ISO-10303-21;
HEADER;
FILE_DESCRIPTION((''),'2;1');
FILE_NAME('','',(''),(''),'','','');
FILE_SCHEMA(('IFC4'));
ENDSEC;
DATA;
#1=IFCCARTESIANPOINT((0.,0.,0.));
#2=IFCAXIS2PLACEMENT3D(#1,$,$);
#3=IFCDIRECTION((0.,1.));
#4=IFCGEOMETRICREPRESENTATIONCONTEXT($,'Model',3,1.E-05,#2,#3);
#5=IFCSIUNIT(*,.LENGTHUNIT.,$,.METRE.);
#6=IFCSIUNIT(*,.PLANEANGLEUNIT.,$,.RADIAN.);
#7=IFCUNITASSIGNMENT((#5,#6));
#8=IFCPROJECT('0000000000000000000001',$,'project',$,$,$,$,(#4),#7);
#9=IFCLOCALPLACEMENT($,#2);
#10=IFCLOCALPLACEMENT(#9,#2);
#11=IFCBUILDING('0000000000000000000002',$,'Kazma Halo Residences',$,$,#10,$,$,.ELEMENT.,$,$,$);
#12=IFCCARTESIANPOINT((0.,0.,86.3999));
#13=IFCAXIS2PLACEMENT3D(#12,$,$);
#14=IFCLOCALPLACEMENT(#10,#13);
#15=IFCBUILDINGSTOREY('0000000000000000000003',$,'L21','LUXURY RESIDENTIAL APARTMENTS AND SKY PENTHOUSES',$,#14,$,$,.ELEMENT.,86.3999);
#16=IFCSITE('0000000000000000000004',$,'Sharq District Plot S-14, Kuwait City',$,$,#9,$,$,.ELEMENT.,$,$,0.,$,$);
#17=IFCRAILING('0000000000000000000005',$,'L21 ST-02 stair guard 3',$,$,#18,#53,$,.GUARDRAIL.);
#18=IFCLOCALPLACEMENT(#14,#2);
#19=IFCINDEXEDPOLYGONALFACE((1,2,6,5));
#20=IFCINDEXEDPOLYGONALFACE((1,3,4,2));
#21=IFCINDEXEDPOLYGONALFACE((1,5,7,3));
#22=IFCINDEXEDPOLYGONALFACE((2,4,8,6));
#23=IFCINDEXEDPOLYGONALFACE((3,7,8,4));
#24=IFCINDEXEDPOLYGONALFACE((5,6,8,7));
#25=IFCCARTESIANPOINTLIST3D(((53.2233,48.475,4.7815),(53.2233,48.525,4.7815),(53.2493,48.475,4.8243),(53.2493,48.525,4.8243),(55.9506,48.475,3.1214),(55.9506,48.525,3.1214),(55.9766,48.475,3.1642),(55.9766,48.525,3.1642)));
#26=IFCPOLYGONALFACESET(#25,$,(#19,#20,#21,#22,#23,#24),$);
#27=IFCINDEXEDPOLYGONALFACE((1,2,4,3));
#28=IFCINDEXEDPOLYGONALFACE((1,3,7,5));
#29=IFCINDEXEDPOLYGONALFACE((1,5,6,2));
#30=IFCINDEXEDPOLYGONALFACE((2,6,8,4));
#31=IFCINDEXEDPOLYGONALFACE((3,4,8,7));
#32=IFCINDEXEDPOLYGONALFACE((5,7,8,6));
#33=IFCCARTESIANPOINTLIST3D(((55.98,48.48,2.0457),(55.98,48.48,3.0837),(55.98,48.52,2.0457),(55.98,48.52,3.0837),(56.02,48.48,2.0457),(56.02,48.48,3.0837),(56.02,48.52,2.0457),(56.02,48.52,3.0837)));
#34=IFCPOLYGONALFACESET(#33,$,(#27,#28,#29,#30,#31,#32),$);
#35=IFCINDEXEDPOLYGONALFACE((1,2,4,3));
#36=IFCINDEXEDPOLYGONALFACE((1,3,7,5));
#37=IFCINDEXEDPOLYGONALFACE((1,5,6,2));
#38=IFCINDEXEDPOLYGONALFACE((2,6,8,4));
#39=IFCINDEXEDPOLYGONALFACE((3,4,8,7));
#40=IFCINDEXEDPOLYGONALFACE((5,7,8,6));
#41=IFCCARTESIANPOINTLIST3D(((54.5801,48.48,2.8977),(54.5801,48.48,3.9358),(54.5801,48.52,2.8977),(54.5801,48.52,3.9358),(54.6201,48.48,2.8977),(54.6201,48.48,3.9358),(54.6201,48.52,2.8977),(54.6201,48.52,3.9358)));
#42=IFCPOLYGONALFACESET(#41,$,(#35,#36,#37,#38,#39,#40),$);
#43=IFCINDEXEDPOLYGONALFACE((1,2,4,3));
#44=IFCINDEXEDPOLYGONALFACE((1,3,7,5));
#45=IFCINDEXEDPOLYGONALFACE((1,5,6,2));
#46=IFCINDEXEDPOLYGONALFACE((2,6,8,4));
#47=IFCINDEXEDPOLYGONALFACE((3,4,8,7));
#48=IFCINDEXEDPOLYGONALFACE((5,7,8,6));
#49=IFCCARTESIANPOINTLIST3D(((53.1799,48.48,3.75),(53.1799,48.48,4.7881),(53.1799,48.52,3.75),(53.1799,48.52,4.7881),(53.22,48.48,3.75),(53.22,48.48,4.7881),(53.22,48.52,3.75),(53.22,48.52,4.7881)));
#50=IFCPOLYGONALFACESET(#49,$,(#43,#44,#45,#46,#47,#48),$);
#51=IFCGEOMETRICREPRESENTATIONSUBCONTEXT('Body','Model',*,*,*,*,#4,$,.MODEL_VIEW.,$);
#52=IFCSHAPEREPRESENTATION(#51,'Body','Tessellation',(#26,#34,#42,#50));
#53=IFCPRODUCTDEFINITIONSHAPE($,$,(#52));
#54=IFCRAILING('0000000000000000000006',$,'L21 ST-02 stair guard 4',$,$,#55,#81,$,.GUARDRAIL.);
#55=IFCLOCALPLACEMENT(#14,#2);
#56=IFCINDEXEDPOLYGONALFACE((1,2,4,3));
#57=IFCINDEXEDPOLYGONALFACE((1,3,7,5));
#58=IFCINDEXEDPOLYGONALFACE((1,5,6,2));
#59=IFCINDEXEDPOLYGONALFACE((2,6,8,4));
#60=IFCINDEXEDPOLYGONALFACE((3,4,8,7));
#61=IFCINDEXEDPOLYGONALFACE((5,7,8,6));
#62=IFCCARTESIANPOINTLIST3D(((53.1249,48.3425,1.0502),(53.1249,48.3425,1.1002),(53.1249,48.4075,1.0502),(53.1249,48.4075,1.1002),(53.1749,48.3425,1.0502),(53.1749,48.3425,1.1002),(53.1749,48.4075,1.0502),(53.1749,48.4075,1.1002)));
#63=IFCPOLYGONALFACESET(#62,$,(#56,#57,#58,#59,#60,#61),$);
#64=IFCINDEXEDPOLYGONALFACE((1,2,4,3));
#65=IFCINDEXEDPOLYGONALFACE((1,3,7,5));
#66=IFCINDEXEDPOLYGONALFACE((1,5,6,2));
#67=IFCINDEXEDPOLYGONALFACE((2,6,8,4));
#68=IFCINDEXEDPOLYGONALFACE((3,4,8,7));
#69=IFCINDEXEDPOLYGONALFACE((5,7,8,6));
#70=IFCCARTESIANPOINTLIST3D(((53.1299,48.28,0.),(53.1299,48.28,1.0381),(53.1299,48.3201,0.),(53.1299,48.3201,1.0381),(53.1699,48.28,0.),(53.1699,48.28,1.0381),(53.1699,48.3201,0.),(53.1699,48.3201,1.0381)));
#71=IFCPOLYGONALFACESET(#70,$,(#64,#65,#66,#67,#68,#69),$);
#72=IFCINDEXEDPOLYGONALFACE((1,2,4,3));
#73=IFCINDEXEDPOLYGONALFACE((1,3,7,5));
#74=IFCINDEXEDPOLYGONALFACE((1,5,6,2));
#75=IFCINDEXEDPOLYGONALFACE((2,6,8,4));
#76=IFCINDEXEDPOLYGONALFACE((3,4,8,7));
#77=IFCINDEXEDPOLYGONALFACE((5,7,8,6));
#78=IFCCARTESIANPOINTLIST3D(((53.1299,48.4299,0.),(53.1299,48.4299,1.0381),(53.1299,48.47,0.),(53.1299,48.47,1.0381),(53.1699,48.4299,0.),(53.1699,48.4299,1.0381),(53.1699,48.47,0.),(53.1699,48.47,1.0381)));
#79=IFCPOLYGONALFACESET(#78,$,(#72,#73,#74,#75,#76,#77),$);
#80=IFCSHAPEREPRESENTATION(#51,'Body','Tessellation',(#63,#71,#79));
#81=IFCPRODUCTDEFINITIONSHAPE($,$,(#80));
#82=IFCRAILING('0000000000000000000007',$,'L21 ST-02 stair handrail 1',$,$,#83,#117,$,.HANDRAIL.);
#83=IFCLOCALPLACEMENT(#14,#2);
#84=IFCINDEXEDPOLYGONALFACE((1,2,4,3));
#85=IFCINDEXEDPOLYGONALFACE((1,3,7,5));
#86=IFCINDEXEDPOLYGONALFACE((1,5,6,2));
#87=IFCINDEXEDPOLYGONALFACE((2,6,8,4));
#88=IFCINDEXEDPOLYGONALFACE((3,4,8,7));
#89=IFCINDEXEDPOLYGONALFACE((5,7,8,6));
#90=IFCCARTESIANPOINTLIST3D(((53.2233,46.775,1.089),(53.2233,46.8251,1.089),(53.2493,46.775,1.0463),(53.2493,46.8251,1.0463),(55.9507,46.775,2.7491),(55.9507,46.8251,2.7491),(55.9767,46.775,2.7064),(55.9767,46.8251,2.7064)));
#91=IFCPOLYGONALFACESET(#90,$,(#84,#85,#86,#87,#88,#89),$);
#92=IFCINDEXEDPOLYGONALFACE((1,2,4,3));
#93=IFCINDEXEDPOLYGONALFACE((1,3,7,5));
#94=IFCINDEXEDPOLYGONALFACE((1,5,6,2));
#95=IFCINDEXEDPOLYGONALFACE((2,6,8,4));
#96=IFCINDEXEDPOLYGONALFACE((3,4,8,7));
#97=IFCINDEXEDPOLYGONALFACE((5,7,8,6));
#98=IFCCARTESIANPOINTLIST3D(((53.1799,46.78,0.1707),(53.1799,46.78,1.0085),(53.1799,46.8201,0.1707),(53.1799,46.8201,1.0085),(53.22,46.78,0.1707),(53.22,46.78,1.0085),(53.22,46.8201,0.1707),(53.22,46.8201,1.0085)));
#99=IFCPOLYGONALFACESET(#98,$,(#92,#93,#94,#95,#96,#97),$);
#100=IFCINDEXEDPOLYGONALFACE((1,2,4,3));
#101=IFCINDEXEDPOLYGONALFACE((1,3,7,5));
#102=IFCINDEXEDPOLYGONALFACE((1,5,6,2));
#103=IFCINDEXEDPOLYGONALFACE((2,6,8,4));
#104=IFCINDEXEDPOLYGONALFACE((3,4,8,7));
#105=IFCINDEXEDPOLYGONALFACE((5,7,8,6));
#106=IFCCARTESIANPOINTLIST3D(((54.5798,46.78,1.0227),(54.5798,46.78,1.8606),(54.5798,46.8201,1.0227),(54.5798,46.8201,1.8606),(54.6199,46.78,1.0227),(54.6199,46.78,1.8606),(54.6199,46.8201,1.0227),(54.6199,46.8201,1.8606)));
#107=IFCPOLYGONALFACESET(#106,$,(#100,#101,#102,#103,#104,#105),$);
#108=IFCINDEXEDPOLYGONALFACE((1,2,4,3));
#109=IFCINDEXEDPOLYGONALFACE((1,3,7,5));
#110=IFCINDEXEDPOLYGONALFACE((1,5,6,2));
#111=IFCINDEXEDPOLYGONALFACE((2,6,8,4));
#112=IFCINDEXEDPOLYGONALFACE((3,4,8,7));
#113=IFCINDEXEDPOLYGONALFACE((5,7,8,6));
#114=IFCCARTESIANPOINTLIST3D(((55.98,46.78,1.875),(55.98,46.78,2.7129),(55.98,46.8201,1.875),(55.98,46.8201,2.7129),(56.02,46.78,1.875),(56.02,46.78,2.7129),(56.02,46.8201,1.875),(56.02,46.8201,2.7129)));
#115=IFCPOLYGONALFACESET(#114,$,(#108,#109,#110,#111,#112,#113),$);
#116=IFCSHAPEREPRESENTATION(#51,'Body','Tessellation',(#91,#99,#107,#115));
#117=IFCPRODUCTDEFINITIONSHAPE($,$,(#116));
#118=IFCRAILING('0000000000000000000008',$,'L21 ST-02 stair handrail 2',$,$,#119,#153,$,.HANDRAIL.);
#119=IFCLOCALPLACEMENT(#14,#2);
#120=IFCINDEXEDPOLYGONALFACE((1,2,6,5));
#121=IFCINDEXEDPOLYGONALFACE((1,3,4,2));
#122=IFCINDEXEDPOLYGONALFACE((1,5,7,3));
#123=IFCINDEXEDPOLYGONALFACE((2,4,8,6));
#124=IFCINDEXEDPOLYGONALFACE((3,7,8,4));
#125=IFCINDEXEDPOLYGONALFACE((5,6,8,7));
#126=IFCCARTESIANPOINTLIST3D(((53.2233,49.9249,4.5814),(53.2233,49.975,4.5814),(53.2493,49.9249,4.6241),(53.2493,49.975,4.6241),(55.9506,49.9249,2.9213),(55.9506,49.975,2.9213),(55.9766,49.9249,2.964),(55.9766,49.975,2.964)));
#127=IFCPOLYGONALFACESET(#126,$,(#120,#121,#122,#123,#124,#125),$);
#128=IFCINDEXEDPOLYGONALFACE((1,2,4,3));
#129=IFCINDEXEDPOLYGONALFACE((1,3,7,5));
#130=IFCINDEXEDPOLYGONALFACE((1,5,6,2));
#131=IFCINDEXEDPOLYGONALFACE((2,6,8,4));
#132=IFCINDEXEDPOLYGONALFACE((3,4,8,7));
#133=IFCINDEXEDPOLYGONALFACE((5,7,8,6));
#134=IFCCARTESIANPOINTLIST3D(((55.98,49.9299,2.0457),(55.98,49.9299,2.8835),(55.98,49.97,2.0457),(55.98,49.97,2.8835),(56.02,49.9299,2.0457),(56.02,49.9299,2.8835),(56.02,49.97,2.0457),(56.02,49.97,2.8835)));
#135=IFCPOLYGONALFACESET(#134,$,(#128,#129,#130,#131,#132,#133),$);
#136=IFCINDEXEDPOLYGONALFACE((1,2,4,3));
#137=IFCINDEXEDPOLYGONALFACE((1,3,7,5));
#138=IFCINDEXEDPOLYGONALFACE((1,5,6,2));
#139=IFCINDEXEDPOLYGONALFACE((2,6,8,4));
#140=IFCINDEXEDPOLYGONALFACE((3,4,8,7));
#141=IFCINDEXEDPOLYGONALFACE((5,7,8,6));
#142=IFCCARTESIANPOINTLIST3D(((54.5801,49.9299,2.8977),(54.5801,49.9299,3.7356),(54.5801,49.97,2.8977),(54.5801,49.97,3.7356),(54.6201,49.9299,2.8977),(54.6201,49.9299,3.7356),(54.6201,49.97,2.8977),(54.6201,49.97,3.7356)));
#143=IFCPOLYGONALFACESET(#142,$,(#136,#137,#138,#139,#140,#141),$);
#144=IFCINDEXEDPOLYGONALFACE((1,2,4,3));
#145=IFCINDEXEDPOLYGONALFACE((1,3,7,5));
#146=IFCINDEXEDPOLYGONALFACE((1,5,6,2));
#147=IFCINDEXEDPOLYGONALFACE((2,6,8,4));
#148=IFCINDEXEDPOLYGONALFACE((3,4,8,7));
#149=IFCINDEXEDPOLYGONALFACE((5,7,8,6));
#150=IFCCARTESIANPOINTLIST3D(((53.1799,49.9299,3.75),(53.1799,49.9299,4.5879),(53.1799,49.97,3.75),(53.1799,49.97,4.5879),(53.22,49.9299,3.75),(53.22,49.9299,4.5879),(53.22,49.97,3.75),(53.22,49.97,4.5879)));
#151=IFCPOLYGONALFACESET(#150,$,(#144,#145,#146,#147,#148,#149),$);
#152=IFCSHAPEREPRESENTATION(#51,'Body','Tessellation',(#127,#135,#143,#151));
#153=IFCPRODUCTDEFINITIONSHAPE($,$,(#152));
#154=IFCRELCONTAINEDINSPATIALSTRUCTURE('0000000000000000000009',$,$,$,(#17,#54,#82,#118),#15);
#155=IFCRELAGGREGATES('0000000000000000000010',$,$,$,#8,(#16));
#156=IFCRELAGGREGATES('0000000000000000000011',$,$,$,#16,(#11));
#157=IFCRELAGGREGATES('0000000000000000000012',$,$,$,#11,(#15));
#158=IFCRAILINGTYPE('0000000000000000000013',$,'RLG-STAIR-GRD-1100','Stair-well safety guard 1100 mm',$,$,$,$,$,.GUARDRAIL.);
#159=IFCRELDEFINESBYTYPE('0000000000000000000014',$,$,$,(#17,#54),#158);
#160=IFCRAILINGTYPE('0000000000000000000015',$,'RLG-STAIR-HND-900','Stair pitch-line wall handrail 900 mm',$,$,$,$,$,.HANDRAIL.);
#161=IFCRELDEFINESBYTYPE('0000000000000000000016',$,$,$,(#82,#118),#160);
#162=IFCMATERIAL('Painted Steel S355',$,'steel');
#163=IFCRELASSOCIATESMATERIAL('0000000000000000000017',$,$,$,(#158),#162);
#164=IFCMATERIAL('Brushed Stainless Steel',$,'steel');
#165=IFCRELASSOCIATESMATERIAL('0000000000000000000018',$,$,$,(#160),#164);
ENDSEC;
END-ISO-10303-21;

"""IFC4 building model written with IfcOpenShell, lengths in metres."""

from ifc_helpers import new_model, si_unit, direction, frame, origin, origin_2d, place, context, subcontext, project, spatial, rectangle, extrude, material, type_object, element, save


model = new_model("IFC4")

# Units and contexts
model_context = context("Model", 3, precision=1e-05, world=origin(), true_north=direction((0.0, 1.0)))
body_context = subcontext(model_context, "Body", "Model", "MODEL_VIEW")
ifc_project = project(units=[si_unit("LENGTHUNIT", "METRE"), si_unit("PLANEANGLEUNIT", "RADIAN")], contexts=[model_context])

# Site, building, storey
site_placement = place(None, origin())
site = spatial("IfcSite", under=ifc_project, at=site_placement, Name="Sharq District Plot S-14, Kuwait City", CompositionType="ELEMENT", RefElevation=0.0)
building_placement = place(site_placement, origin())
building = spatial("IfcBuilding", under=site, at=building_placement, Name="Kazma Halo Residences", CompositionType="ELEMENT")
storey_placement = place(building_placement, frame((0.0, 0.0, 86.3999)))
storey = spatial("IfcBuildingStorey", under=building, at=storey_placement, Name="L21", Description="LUXURY RESIDENTIAL APARTMENTS AND SKY PENTHOUSES", CompositionType="ELEMENT", Elevation=86.3999)

# Railings
ifc_material_1 = material(Name="Painted Steel S355", Category="steel")
railing_type_1 = type_object("IfcRailingType", Name="RLG-STAIR-GRD-1100", Description="Stair-well safety guard 1100 mm", PredefinedType="GUARDRAIL", material=ifc_material_1)
railing_1_placement = place(storey_placement, frame((56.0, 48.5, 2.0457)))
element("IfcRailing", 1, at=railing_1_placement, inside=storey, type_object=railing_type_1, Name="L21 ST-02 stair guard 3", PredefinedType="GUARDRAIL", context=body_context, shape_type="SweptSolid", body=[
    extrude(rectangle(XDim=0.05, YDim=0.05, at=origin_2d()), frame((-0.0364, 0.0, 1.0972), z_axis=(-0.854203, 0.0, 0.51994), x_axis=(0.0, -1.0, 0.0)), (0.0, 0.0, 1.0), 3.1929),
    extrude(rectangle(XDim=0.04, YDim=0.04, at=origin_2d()), origin(), (0.0, 0.0, 1.0), 1.0381),
    extrude(rectangle(XDim=0.04, YDim=0.04, at=origin_2d()), frame((-1.3999, 0.0, 0.8521)), (0.0, 0.0, 1.0), 1.0381),
    extrude(rectangle(XDim=0.04, YDim=0.04, at=origin_2d()), frame((-2.8, 0.0, 1.7043)), (0.0, 0.0, 1.0), 1.0381),
])
railing_2_placement = place(storey_placement, frame((53.1499, 48.3, 0.0)))
element("IfcRailing", 2, at=railing_2_placement, inside=storey, type_object=railing_type_1, Name="L21 ST-02 stair guard 4", PredefinedType="GUARDRAIL", context=body_context, shape_type="SweptSolid", body=[
    extrude(rectangle(XDim=0.05, YDim=0.05, at=origin_2d()), frame((0.0, 0.0425, 1.0752), z_axis=(0.0, 1.0, 0.0), x_axis=(-1.0, 0.0, 0.0)), (0.0, 0.0, 1.0), 0.0649),
    extrude(rectangle(XDim=0.04, YDim=0.04, at=origin_2d()), origin(), (0.0, 0.0, 1.0), 1.0381),
    extrude(rectangle(XDim=0.04, YDim=0.04, at=origin_2d()), frame((0.0, 0.1499, 0.0)), (0.0, 0.0, 1.0), 1.0381),
])
ifc_material_2 = material(Name="Brushed Stainless Steel", Category="steel")
railing_type_2 = type_object("IfcRailingType", Name="RLG-STAIR-HND-900", Description="Stair pitch-line wall handrail 900 mm", PredefinedType="HANDRAIL", material=ifc_material_2)
railing_3_placement = place(storey_placement, frame((53.2, 46.8, 0.1707)))
element("IfcRailing", 3, at=railing_3_placement, inside=storey, type_object=railing_type_2, Name="L21 ST-02 stair handrail 1", PredefinedType="HANDRAIL", context=body_context, shape_type="SweptSolid", body=[
    extrude(rectangle(XDim=0.05, YDim=0.05, at=origin_2d()), frame((0.0364, 0.0, 0.897), z_axis=(0.854203, 0.0, 0.51994), x_axis=(0.0, 1.0, 0.0)), (0.0, 0.0, 1.0), 3.1929),
    extrude(rectangle(XDim=0.04, YDim=0.04, at=origin_2d()), origin(), (0.0, 0.0, 1.0), 0.8379),
    extrude(rectangle(XDim=0.04, YDim=0.04, at=origin_2d()), frame((1.3999, 0.0, 0.8521)), (0.0, 0.0, 1.0), 0.8379),
    extrude(rectangle(XDim=0.04, YDim=0.04, at=origin_2d()), frame((2.8, 0.0, 1.7043)), (0.0, 0.0, 1.0), 0.8379),
])
railing_4_placement = place(storey_placement, frame((56.0, 49.95, 2.0457)))
element("IfcRailing", 4, at=railing_4_placement, inside=storey, type_object=railing_type_2, Name="L21 ST-02 stair handrail 2", PredefinedType="HANDRAIL", context=body_context, shape_type="SweptSolid", body=[
    extrude(rectangle(XDim=0.05, YDim=0.05, at=origin_2d()), frame((-0.0364, 0.0, 0.897), z_axis=(-0.854203, 0.0, 0.51994), x_axis=(0.0, -1.0, 0.0)), (0.0, 0.0, 1.0), 3.1929),
    extrude(rectangle(XDim=0.04, YDim=0.04, at=origin_2d()), origin(), (0.0, 0.0, 1.0), 0.8379),
    extrude(rectangle(XDim=0.04, YDim=0.04, at=origin_2d()), frame((-1.3999, 0.0, 0.8521)), (0.0, 0.0, 1.0), 0.8379),
    extrude(rectangle(XDim=0.04, YDim=0.04, at=origin_2d()), frame((-2.8, 0.0, 1.7043)), (0.0, 0.0, 1.0), 0.8379),
])

save(model, "model.ifc")
